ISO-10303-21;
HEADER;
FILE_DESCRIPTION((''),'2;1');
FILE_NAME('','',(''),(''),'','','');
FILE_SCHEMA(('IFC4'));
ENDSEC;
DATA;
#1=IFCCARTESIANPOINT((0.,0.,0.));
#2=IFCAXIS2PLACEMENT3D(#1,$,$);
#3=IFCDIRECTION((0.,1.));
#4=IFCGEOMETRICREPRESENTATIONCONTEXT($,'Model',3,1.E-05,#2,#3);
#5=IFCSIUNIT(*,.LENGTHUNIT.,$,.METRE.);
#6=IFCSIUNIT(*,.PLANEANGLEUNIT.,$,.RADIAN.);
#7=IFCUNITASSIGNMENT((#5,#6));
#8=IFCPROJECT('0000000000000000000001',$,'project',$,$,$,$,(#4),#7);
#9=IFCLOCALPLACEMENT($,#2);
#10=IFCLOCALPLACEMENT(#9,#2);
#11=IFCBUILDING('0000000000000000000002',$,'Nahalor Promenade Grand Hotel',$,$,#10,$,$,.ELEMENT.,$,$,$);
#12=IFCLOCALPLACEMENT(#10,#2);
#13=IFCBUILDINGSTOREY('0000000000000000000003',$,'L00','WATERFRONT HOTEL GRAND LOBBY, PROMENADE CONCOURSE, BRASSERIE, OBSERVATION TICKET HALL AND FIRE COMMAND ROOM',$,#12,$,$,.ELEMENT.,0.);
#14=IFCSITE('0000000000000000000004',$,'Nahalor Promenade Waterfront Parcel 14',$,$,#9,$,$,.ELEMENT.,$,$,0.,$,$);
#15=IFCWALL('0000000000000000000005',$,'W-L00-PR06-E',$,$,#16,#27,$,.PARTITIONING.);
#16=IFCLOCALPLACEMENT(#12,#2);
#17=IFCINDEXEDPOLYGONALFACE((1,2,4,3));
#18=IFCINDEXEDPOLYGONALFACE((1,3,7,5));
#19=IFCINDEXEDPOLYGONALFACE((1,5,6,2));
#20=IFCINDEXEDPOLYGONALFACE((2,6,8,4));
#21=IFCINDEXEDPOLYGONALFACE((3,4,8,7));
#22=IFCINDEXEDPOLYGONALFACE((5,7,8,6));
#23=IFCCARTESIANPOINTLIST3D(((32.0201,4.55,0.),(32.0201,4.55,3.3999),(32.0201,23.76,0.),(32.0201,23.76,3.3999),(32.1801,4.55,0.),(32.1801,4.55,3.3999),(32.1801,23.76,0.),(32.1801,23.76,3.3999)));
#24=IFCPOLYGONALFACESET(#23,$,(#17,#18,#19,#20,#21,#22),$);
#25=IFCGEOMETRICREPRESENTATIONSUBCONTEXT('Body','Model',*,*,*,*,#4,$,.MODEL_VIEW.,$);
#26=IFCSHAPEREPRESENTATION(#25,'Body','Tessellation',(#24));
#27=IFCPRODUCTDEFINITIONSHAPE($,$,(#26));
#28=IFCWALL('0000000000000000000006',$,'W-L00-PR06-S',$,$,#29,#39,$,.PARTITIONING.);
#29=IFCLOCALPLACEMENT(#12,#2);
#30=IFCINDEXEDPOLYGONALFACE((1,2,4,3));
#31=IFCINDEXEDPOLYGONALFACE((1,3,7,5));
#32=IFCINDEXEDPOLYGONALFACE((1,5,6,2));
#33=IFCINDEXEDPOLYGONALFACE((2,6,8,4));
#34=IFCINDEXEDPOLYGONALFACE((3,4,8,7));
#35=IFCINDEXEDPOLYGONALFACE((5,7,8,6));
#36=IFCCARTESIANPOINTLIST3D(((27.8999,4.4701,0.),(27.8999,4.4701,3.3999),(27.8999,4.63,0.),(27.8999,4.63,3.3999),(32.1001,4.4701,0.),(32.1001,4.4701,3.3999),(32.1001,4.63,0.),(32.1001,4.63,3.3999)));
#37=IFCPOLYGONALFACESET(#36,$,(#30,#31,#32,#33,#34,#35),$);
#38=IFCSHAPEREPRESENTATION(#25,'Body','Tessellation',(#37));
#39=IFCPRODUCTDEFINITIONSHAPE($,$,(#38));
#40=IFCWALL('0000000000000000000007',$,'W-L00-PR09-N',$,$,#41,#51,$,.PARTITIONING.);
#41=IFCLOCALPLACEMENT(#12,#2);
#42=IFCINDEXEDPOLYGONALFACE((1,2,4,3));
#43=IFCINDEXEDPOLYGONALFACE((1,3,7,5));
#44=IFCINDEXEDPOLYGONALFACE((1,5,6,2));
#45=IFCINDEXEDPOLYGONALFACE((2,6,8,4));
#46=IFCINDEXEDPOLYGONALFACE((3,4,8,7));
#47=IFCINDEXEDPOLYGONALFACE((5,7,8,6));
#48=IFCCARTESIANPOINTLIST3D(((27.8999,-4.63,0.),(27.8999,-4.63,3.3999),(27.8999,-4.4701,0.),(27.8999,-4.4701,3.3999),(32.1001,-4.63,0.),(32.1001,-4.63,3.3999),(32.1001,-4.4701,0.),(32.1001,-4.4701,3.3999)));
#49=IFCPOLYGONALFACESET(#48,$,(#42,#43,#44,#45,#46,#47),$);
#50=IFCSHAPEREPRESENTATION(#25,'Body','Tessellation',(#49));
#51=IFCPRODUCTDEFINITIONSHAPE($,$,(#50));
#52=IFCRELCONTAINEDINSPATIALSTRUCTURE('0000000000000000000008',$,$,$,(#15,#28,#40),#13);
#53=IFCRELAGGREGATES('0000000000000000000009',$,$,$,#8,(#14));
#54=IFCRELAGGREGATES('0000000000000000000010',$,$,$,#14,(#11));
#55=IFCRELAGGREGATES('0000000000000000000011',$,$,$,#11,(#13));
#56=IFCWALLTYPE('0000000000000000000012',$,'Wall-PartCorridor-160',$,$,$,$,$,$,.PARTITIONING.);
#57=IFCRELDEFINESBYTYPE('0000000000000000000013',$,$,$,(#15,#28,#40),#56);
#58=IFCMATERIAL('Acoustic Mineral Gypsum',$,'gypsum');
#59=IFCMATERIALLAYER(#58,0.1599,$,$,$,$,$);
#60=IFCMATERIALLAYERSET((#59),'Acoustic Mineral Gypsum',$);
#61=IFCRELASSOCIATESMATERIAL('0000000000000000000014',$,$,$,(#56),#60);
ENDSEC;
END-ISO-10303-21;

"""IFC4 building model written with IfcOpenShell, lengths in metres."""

from ifc_helpers import new_model, si_unit, direction, frame, frame_2d, origin, place, context, subcontext, project, spatial, rectangle, extrude, source, transform, mapped, material, layer, layer_set, type_object, element, save


model = new_model("IFC4")

# Units and contexts
model_context = context("Model", 3, precision=1e-05, world=origin(), true_north=direction((0.0, 1.0)))
body_context = subcontext(model_context, "Body", "Model", "MODEL_VIEW")
ifc_project = project(units=[si_unit("LENGTHUNIT", "METRE"), si_unit("PLANEANGLEUNIT", "RADIAN")], contexts=[model_context])

# Site, building, storey
site_placement = place(None, origin())
site = spatial("IfcSite", under=ifc_project, at=site_placement, Name="Nahalor Promenade Waterfront Parcel 14", CompositionType="ELEMENT", RefElevation=0.0)
building_placement = place(site_placement, origin())
building = spatial("IfcBuilding", under=site, at=building_placement, Name="Nahalor Promenade Grand Hotel", CompositionType="ELEMENT")
storey_placement = place(building_placement, origin())
storey = spatial("IfcBuildingStorey", under=building, at=storey_placement, Name="L00", Description="WATERFRONT HOTEL GRAND LOBBY, PROMENADE CONCOURSE, BRASSERIE, OBSERVATION TICKET HALL AND FIRE COMMAND ROOM", CompositionType="ELEMENT", Elevation=0.0)

# Shared definitions
ifc_material_1 = material(Name="Acoustic Mineral Gypsum", Category="gypsum")
ifc_layer_1 = layer(ifc_material_1, 0.1599)
ifc_layer_set_1 = layer_set([ifc_layer_1], Name="Acoustic Mineral Gypsum")
wall_type_1 = type_object("IfcWallType", Name="Wall-PartCorridor-160", PredefinedType="PARTITIONING", material=ifc_layer_set_1)

# Shared definitions
shared_shape_1 = source(origin(), body_context, "Body", "SweptSolid", [
    extrude(rectangle(XDim=19.21, YDim=0.1599, at=frame_2d((9.605, 0.0))), origin(), (0.0, 0.0, 1.0), 3.3999),
])

# Walls
wall_1_placement = place(storey_placement, frame((32.1001, 4.55, 0.0), z_axis=(0.0, 0.0, 1.0), x_axis=(0.0, 1.0, 0.0)))
element("IfcWall", 1, at=wall_1_placement, inside=storey, type_object=wall_type_1, Name="W-L00-PR06-E", PredefinedType="PARTITIONING", context=body_context, shape_type="MappedRepresentation", body=[
    mapped(shared_shape_1, transform((0.0, 0.0, 0.0), scale=1.0)),
])
shared_shape_2 = source(origin(), body_context, "Body", "SweptSolid", [
    extrude(rectangle(XDim=4.2002, YDim=0.1599, at=frame_2d((2.1001, 0.0))), origin(), (0.0, 0.0, 1.0), 3.3999),
])
for number, where, z_axis, x_axis, name in (
    (2, (27.8999, 4.55, 0.0), (0.0, 0.0, 1.0), (1.0, 0.0, 0.0), "W-L00-PR06-S"),
    (3, (27.8999, -4.55, 0.0), (0.0, 0.0, 1.0), (1.0, 0.0, 0.0), "W-L00-PR09-N"),
):
    element("IfcWall", number, at=place(storey_placement, frame(where, z_axis=z_axis, x_axis=x_axis)), inside=storey, type_object=wall_type_1, Name=name, PredefinedType="PARTITIONING", context=body_context, shape_type="MappedRepresentation", body=[
        mapped(shared_shape_2, transform((0.0, 0.0, 0.0), scale=1.0)),
    ])

save(model, "model.ifc")
